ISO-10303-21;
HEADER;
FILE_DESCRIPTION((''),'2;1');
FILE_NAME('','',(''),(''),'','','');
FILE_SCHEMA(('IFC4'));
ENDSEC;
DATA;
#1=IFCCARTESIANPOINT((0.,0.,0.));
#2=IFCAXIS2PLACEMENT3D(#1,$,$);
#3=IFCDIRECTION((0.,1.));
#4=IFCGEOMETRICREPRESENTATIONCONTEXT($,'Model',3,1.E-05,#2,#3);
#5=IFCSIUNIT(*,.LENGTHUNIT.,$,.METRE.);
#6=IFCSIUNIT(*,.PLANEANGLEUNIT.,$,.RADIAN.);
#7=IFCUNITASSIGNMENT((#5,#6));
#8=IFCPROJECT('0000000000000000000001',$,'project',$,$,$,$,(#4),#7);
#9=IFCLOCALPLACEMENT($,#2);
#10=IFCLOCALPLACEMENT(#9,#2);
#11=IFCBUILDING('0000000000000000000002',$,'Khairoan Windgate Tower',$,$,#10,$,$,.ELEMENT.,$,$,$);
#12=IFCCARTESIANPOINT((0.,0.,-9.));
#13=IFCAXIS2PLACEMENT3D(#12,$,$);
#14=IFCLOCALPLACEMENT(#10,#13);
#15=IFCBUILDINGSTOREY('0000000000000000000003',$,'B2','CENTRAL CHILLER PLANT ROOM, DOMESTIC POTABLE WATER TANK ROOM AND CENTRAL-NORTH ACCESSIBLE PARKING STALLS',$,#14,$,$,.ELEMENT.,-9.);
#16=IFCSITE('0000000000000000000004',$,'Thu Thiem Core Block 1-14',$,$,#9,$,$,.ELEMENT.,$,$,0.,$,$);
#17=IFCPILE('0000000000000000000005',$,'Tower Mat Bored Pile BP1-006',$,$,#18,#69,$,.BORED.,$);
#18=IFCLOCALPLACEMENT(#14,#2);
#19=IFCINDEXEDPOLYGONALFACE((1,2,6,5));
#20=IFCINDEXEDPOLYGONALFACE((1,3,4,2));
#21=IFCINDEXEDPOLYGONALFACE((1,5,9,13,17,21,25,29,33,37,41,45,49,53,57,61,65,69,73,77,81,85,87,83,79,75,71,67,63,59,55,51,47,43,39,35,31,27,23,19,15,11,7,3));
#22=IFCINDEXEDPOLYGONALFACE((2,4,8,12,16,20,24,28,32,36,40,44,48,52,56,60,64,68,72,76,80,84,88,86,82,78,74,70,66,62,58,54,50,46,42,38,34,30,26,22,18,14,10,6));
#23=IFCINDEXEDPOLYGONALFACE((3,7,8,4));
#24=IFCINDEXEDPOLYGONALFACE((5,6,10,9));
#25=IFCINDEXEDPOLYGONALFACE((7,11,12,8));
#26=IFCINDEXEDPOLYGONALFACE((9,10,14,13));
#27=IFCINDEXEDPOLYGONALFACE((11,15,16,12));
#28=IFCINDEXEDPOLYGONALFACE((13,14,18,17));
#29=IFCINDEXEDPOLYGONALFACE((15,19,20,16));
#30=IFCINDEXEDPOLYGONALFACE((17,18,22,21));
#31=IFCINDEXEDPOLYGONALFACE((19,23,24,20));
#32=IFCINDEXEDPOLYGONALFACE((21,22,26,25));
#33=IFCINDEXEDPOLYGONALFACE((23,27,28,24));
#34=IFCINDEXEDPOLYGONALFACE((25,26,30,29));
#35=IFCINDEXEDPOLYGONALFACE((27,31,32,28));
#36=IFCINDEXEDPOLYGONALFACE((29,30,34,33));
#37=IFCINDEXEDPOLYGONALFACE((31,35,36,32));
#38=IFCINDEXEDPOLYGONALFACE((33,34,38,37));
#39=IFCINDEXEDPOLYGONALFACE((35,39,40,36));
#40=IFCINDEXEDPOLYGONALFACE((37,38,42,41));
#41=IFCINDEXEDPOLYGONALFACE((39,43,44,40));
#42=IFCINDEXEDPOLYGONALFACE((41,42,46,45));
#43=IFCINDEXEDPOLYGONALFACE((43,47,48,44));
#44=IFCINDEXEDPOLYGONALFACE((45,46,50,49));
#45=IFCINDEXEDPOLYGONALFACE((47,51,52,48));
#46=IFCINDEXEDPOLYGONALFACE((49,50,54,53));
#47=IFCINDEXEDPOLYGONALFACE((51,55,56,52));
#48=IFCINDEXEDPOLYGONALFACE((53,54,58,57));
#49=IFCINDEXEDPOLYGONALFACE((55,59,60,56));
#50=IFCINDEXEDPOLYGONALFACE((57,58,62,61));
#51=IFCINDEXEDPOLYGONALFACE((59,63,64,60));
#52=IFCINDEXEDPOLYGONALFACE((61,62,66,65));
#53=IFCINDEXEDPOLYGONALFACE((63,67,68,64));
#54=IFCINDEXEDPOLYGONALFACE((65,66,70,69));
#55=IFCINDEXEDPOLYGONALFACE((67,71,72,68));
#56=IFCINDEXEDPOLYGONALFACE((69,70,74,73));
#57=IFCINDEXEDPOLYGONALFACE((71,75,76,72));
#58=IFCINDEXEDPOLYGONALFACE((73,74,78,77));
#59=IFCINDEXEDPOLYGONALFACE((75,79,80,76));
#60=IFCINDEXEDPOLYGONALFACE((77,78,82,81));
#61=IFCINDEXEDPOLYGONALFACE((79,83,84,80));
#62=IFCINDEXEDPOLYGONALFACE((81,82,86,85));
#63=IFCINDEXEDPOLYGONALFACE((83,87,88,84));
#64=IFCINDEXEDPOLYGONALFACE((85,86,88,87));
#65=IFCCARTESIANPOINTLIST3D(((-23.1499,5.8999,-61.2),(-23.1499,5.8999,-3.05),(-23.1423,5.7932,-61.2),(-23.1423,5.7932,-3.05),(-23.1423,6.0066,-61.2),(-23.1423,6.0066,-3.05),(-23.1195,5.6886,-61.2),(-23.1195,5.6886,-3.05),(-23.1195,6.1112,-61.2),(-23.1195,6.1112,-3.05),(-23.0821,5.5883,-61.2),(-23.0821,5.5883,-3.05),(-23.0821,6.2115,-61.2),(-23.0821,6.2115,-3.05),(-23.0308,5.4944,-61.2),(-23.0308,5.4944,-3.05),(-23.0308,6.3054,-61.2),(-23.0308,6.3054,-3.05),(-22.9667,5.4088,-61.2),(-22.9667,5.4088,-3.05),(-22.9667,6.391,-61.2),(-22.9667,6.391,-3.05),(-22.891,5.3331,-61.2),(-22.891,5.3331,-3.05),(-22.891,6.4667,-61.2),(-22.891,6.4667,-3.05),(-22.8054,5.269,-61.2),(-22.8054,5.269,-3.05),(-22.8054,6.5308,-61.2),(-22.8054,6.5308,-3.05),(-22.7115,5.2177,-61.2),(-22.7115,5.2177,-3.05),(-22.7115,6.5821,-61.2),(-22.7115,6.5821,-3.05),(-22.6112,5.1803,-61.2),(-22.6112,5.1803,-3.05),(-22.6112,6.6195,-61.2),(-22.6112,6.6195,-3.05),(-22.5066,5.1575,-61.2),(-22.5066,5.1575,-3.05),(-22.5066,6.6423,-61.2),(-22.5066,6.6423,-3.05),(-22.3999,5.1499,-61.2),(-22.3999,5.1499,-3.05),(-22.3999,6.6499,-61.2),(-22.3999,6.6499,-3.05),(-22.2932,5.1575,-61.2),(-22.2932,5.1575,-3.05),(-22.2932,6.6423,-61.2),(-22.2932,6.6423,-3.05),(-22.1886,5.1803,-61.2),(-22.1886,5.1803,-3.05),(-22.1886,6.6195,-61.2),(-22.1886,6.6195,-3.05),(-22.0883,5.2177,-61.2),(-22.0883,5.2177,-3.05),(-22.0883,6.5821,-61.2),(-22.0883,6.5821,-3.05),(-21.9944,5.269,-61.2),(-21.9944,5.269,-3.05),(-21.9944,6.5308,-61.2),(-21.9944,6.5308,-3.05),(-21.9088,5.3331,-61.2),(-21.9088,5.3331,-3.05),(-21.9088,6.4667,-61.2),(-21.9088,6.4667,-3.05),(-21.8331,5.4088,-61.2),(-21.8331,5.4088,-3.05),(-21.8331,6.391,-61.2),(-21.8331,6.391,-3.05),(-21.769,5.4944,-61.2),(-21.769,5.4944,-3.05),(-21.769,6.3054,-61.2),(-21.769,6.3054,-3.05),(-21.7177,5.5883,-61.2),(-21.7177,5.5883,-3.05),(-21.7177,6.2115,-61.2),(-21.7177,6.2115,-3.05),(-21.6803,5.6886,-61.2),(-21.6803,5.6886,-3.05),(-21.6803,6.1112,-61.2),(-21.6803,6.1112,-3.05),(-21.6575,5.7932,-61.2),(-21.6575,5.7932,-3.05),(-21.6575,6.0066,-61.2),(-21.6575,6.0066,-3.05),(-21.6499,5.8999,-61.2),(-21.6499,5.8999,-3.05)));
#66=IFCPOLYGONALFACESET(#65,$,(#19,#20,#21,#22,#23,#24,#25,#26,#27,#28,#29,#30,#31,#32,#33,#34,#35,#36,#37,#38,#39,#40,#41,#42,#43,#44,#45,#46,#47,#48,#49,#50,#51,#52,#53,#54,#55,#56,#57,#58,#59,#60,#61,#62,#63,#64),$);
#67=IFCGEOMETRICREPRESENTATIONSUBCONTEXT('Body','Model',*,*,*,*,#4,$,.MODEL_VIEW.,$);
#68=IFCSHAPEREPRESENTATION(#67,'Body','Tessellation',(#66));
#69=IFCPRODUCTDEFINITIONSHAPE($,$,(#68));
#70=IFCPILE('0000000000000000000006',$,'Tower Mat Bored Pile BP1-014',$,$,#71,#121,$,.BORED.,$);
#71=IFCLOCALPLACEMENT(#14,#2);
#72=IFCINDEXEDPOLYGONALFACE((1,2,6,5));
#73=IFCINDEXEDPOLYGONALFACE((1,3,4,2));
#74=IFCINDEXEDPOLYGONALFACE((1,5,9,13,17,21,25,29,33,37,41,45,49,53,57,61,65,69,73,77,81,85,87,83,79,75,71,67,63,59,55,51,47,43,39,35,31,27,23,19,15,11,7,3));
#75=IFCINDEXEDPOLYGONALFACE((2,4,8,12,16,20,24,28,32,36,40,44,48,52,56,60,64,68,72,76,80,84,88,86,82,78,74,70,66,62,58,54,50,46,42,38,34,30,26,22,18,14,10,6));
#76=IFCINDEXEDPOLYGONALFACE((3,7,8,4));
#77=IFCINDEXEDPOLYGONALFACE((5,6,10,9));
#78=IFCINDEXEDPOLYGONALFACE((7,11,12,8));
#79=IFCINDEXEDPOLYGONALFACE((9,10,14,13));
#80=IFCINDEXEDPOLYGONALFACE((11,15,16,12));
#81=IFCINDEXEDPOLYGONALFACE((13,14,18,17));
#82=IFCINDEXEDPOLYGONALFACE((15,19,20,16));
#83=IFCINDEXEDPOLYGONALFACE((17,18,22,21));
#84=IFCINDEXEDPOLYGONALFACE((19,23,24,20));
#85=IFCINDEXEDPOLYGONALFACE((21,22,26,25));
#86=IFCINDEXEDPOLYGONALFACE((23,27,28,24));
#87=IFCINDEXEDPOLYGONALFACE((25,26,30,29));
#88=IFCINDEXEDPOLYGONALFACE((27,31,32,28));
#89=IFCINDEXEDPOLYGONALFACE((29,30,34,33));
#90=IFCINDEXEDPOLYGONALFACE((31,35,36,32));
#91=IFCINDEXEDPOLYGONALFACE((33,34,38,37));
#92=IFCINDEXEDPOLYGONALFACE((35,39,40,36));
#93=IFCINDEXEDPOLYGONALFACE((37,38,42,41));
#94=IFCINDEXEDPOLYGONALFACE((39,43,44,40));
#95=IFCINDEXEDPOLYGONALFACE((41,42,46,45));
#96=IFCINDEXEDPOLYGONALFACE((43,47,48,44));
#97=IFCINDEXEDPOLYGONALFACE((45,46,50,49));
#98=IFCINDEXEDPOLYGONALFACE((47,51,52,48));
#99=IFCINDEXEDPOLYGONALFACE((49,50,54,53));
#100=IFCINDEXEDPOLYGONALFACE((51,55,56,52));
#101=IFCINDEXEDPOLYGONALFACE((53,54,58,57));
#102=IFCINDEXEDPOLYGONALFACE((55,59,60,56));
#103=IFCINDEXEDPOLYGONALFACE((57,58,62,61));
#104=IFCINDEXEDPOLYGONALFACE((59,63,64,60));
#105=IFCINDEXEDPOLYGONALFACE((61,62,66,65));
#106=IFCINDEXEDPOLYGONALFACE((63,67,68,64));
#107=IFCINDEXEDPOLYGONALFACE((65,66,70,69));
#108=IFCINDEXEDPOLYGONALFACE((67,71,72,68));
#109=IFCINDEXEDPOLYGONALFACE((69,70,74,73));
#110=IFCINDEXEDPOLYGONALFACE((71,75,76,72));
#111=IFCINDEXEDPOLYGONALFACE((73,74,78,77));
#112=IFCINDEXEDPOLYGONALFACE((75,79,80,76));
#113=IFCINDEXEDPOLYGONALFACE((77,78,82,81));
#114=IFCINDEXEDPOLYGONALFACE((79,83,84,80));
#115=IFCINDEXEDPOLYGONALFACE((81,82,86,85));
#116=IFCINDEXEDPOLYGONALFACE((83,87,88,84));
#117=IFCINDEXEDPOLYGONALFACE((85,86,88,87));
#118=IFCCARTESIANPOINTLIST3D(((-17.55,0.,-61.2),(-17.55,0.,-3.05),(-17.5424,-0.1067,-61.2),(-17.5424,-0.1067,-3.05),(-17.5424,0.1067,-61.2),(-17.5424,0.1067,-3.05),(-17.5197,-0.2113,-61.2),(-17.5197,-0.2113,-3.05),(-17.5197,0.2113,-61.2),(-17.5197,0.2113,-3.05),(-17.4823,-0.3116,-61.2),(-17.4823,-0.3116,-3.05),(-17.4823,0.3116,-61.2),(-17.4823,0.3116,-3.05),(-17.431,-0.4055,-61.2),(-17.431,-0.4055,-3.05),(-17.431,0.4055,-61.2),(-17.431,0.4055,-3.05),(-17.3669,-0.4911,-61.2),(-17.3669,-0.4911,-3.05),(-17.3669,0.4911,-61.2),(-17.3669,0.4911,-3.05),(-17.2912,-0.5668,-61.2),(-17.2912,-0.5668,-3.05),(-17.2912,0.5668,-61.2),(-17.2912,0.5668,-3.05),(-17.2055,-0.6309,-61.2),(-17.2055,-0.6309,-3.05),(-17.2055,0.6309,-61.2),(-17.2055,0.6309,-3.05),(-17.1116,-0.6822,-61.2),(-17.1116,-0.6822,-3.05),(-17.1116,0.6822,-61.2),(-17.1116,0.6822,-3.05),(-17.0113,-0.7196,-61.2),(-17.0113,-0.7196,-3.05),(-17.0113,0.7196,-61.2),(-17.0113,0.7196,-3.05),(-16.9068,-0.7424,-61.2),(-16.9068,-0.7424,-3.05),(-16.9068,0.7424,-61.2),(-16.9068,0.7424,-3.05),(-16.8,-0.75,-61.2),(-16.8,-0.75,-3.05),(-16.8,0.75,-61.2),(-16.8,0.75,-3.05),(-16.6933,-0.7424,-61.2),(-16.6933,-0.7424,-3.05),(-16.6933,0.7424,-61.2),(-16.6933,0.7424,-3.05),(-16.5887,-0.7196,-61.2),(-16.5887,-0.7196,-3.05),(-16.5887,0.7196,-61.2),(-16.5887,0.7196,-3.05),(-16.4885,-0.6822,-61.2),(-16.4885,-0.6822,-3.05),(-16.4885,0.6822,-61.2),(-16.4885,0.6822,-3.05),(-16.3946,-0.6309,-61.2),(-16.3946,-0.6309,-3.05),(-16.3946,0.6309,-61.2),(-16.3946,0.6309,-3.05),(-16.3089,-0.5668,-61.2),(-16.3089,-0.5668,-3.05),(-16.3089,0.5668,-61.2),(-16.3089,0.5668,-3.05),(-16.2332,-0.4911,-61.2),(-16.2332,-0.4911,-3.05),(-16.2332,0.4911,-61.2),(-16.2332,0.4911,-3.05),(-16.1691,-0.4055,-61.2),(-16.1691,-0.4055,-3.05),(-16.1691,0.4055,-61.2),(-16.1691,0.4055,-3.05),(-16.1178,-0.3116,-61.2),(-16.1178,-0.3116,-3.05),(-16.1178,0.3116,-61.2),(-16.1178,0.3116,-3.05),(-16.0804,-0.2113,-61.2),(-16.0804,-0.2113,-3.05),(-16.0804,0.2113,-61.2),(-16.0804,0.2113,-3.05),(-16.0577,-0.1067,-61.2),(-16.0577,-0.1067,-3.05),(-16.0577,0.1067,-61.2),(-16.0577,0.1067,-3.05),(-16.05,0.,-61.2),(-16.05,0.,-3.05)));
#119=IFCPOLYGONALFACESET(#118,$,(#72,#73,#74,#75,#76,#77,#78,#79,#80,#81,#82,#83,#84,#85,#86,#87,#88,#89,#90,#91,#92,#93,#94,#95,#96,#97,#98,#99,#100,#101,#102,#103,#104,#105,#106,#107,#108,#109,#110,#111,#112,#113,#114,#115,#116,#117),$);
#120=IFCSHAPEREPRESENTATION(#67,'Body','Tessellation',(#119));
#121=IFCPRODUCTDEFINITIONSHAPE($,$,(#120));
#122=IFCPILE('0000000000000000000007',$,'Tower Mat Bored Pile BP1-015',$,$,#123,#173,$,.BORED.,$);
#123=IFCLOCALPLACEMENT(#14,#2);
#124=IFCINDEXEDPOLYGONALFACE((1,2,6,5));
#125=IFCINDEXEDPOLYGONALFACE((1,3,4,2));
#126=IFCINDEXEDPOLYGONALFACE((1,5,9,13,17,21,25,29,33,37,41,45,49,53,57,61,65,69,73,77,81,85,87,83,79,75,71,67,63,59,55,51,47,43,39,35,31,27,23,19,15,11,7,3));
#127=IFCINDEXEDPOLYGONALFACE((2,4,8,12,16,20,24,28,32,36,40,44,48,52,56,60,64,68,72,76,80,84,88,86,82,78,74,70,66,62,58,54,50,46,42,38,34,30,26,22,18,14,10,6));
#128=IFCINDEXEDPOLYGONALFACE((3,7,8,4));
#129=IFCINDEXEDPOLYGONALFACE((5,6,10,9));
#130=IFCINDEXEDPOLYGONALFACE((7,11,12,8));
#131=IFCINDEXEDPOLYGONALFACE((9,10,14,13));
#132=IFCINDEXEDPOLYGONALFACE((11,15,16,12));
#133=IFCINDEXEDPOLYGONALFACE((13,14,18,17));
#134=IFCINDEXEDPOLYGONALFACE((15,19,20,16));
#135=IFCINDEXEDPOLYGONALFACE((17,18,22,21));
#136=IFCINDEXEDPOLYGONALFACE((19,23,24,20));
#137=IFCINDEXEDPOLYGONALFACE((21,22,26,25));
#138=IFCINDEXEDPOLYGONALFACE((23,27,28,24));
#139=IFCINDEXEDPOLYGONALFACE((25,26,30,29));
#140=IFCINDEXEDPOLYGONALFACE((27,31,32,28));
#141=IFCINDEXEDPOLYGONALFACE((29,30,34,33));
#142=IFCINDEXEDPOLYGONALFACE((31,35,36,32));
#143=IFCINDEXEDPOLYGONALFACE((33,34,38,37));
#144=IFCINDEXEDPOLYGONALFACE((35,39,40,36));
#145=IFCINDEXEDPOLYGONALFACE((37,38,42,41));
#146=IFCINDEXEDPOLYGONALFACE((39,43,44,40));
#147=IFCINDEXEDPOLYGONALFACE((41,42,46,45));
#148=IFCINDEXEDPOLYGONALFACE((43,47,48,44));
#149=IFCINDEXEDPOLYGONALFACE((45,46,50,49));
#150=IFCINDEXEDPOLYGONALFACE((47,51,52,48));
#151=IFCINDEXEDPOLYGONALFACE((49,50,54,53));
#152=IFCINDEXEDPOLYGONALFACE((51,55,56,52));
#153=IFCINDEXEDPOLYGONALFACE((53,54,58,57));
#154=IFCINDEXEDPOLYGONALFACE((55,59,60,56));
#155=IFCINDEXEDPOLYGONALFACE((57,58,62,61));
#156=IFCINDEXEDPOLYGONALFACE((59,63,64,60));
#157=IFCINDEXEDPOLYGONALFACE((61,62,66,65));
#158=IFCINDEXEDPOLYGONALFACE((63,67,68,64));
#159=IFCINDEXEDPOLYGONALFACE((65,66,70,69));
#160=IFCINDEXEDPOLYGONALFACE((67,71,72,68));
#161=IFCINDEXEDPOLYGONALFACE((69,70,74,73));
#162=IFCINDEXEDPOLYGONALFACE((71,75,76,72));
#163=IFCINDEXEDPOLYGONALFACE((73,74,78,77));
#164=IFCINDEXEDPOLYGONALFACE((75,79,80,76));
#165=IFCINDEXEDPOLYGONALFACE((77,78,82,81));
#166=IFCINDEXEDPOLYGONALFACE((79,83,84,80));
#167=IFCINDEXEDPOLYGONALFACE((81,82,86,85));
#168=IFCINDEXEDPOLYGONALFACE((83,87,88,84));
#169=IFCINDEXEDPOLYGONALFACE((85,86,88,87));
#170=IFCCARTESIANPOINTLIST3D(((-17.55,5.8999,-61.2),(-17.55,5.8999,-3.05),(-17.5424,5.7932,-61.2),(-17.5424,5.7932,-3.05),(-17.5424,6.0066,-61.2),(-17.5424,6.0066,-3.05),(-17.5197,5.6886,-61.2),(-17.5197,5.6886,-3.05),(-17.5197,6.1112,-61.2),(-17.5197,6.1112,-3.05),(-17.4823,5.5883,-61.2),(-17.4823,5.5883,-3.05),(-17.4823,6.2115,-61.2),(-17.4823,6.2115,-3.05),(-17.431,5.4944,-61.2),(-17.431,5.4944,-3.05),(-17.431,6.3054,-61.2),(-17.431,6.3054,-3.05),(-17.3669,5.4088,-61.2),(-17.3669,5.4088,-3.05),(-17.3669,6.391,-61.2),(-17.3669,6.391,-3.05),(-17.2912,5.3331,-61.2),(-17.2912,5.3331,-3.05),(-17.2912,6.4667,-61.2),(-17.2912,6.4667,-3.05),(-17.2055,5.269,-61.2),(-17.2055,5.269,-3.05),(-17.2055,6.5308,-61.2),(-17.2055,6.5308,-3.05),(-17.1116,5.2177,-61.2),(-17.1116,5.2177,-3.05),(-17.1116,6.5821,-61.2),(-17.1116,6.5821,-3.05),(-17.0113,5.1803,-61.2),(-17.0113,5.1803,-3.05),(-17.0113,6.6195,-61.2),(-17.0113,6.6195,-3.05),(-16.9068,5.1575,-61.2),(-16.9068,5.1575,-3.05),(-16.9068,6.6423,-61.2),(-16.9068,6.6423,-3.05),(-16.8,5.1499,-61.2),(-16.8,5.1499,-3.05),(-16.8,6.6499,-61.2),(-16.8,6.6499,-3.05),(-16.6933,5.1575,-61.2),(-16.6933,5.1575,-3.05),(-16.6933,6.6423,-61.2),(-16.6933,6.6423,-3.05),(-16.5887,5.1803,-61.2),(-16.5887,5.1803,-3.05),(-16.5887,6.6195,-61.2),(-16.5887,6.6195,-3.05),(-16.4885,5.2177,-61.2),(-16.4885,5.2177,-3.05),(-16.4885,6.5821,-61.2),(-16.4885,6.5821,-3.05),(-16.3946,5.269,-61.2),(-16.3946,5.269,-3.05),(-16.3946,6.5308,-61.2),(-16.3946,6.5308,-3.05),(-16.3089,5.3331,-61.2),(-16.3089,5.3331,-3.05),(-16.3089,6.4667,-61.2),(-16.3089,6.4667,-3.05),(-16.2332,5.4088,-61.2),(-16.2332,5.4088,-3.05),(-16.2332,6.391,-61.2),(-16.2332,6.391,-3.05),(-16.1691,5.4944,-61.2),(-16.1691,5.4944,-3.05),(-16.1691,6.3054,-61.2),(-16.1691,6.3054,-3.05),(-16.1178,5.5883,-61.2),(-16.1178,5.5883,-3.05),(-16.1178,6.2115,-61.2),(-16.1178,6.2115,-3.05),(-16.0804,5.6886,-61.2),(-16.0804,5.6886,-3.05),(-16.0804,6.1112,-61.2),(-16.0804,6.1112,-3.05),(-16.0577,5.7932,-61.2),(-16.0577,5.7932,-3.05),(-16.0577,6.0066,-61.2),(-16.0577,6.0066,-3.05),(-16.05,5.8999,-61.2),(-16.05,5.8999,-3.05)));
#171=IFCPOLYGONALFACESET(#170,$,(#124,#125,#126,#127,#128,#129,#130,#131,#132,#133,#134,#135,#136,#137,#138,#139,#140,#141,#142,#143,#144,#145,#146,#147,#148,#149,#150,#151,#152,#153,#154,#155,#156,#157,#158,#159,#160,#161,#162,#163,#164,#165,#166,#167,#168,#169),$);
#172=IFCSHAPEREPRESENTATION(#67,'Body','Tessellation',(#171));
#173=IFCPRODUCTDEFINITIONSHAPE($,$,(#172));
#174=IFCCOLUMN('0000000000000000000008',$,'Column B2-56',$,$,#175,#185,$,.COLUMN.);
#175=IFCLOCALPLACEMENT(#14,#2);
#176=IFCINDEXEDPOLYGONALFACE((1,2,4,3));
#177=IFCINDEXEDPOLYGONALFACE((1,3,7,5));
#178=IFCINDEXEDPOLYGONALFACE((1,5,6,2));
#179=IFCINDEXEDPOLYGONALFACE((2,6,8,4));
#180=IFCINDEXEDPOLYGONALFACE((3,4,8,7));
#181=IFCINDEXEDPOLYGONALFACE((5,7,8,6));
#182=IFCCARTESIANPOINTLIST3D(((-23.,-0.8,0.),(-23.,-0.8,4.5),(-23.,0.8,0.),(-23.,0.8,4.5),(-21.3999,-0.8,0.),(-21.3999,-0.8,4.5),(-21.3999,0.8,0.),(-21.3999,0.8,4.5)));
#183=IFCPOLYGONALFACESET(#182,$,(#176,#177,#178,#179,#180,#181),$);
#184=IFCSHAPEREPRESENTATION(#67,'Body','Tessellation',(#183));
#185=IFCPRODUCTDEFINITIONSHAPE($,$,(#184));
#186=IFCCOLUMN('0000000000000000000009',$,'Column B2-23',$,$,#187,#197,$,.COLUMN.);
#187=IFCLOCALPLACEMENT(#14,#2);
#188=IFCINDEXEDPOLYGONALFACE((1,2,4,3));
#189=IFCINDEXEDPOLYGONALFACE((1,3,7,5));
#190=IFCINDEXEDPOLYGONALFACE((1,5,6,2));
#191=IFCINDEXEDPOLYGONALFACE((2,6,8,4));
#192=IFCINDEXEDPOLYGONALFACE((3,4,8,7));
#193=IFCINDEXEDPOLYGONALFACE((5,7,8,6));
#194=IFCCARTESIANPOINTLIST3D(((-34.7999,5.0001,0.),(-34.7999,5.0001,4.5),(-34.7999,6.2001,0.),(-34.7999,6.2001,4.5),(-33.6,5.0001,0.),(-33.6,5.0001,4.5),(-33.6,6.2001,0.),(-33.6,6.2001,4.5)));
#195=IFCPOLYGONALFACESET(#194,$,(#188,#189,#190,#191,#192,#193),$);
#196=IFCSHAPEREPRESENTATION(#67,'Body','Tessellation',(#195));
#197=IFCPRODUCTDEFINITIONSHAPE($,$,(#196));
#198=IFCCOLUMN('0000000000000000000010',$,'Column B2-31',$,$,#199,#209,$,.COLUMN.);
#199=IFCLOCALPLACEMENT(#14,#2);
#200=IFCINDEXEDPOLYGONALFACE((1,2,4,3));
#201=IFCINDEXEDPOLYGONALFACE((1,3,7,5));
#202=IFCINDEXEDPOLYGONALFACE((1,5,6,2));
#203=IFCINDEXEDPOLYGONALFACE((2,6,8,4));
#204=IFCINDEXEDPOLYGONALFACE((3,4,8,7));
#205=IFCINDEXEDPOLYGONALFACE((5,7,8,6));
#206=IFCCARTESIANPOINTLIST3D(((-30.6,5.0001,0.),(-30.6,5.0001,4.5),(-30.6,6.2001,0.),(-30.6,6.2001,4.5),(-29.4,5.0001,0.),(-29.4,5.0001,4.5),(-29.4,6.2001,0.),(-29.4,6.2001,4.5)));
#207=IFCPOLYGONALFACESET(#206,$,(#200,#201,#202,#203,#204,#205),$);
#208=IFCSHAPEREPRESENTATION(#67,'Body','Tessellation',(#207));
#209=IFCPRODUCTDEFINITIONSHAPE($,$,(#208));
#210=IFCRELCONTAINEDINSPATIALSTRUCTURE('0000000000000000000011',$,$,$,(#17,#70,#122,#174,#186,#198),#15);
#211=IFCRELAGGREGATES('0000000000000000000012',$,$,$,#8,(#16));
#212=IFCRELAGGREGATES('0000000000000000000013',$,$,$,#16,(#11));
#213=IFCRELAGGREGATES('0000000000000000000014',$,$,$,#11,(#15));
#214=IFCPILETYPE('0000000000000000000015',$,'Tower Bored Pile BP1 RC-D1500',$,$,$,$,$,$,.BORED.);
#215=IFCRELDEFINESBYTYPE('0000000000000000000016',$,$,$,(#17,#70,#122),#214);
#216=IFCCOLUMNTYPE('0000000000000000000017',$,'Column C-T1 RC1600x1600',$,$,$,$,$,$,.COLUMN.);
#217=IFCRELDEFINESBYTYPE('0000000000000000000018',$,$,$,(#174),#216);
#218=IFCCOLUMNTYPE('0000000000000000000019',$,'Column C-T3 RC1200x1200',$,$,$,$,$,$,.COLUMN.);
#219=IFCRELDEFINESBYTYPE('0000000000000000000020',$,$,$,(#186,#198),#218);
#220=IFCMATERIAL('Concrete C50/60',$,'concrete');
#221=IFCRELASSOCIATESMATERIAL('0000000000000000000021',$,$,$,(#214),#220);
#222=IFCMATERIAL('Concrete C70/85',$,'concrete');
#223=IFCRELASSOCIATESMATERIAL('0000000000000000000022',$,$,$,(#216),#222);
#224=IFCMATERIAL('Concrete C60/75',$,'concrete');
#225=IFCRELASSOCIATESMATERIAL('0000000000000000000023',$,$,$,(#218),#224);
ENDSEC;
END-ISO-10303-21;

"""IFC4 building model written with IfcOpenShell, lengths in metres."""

from ifc_helpers import new_model, si_unit, direction, frame, origin, origin_2d, place, context, subcontext, project, spatial, rectangle, circle, extrude, material, material_profile, profile_set, type_object, element, save


model = new_model("IFC4")

# Units and contexts
model_context = context("Model", 3, precision=1e-05, world=origin(), true_north=direction((0.0, 1.0)))
body_context = subcontext(model_context, "Body", "Model", "MODEL_VIEW")
ifc_project = project(units=[si_unit("LENGTHUNIT", "METRE"), si_unit("PLANEANGLEUNIT", "RADIAN")], contexts=[model_context])

# Site, building, storey
site_placement = place(None, origin())
site = spatial("IfcSite", under=ifc_project, at=site_placement, Name="Thu Thiem Core Block 1-14", CompositionType="ELEMENT", RefElevation=0.0)
building_placement = place(site_placement, origin())
building = spatial("IfcBuilding", under=site, at=building_placement, Name="Khairoan Windgate Tower", CompositionType="ELEMENT")
storey_placement = place(building_placement, frame((0.0, 0.0, -9.0)))
storey = spatial("IfcBuildingStorey", under=building, at=storey_placement, Name="B2", Description="CENTRAL CHILLER PLANT ROOM, DOMESTIC POTABLE WATER TANK ROOM AND CENTRAL-NORTH ACCESSIBLE PARKING STALLS", CompositionType="ELEMENT", Elevation=-9.0)

# Piles
ifc_material_1 = material(Name="Concrete C50/60", Category="concrete")
ifc_material_profile_1 = material_profile(ifc_material_1, circle(Radius=0.75, at=origin_2d()))
ifc_profile_set_1 = profile_set([ifc_material_profile_1], Name="Concrete C50/60")
pile_type_1 = type_object("IfcPileType", Name="Tower Bored Pile BP1 RC-D1500", PredefinedType="BORED", material=ifc_profile_set_1)
for number, where, z_axis, x_axis, name in (
    (1, (-22.3999, 5.8999, -3.05), (0.0, 0.0, -1.0), (1.0, 0.0, 0.0), "Tower Mat Bored Pile BP1-006"),
    (2, (-16.8, 0.0, -3.05), (0.0, 0.0, -1.0), (1.0, 0.0, 0.0), "Tower Mat Bored Pile BP1-014"),
    (3, (-16.8, 5.8999, -3.05), (0.0, 0.0, -1.0), (1.0, 0.0, 0.0), "Tower Mat Bored Pile BP1-015"),
):
    element("IfcPile", number, at=place(storey_placement, frame(where, z_axis=z_axis, x_axis=x_axis)), inside=storey, type_object=pile_type_1, Name=name, PredefinedType="BORED", context=body_context, shape_type="SweptSolid", body=[
        extrude(circle(Radius=0.75, at=origin_2d()), origin(), (0.0, 0.0, 1.0), 58.1499),
    ])

# Columns
ifc_material_2 = material(Name="Concrete C70/85", Category="concrete")
ifc_material_profile_2 = material_profile(ifc_material_2, rectangle(XDim=1.6001, YDim=1.6001, at=origin_2d()))
ifc_profile_set_2 = profile_set([ifc_material_profile_2], Name="Concrete C70/85")
column_type_1 = type_object("IfcColumnType", Name="Column C-T1 RC1600x1600", PredefinedType="COLUMN", material=ifc_profile_set_2)
column_placement = place(storey_placement, frame((-22.2, 0.0, 0.0), z_axis=(0.0, 0.0, 1.0), x_axis=(1.0, 0.0, 0.0)))
element("IfcColumn", 4, at=column_placement, inside=storey, type_object=column_type_1, Name="Column B2-56", PredefinedType="COLUMN", context=body_context, shape_type="SweptSolid", body=[
    extrude(rectangle(XDim=1.6001, YDim=1.6001, at=origin_2d()), origin(), (0.0, 0.0, 1.0), 4.5),
])
ifc_material_3 = material(Name="Concrete C60/75", Category="concrete")
ifc_material_profile_3 = material_profile(ifc_material_3, rectangle(XDim=1.2, YDim=1.2, at=origin_2d()))
ifc_profile_set_3 = profile_set([ifc_material_profile_3], Name="Concrete C60/75")
column_type_2 = type_object("IfcColumnType", Name="Column C-T3 RC1200x1200", PredefinedType="COLUMN", material=ifc_profile_set_3)
for number, where, z_axis, x_axis, name in (
    (5, (-34.2, 5.6001, 0.0), (0.0, 0.0, 1.0), (1.0, 0.0, 0.0), "Column B2-23"),
    (6, (-30.0, 5.6001, 0.0), (0.0, 0.0, 1.0), (1.0, 0.0, 0.0), "Column B2-31"),
):
    element("IfcColumn", number, at=place(storey_placement, frame(where, z_axis=z_axis, x_axis=x_axis)), inside=storey, type_object=column_type_2, Name=name, PredefinedType="COLUMN", context=body_context, shape_type="SweptSolid", body=[
        extrude(rectangle(XDim=1.2, YDim=1.2, at=origin_2d()), origin(), (0.0, 0.0, 1.0), 4.5),
    ])

save(model, "model.ifc")
